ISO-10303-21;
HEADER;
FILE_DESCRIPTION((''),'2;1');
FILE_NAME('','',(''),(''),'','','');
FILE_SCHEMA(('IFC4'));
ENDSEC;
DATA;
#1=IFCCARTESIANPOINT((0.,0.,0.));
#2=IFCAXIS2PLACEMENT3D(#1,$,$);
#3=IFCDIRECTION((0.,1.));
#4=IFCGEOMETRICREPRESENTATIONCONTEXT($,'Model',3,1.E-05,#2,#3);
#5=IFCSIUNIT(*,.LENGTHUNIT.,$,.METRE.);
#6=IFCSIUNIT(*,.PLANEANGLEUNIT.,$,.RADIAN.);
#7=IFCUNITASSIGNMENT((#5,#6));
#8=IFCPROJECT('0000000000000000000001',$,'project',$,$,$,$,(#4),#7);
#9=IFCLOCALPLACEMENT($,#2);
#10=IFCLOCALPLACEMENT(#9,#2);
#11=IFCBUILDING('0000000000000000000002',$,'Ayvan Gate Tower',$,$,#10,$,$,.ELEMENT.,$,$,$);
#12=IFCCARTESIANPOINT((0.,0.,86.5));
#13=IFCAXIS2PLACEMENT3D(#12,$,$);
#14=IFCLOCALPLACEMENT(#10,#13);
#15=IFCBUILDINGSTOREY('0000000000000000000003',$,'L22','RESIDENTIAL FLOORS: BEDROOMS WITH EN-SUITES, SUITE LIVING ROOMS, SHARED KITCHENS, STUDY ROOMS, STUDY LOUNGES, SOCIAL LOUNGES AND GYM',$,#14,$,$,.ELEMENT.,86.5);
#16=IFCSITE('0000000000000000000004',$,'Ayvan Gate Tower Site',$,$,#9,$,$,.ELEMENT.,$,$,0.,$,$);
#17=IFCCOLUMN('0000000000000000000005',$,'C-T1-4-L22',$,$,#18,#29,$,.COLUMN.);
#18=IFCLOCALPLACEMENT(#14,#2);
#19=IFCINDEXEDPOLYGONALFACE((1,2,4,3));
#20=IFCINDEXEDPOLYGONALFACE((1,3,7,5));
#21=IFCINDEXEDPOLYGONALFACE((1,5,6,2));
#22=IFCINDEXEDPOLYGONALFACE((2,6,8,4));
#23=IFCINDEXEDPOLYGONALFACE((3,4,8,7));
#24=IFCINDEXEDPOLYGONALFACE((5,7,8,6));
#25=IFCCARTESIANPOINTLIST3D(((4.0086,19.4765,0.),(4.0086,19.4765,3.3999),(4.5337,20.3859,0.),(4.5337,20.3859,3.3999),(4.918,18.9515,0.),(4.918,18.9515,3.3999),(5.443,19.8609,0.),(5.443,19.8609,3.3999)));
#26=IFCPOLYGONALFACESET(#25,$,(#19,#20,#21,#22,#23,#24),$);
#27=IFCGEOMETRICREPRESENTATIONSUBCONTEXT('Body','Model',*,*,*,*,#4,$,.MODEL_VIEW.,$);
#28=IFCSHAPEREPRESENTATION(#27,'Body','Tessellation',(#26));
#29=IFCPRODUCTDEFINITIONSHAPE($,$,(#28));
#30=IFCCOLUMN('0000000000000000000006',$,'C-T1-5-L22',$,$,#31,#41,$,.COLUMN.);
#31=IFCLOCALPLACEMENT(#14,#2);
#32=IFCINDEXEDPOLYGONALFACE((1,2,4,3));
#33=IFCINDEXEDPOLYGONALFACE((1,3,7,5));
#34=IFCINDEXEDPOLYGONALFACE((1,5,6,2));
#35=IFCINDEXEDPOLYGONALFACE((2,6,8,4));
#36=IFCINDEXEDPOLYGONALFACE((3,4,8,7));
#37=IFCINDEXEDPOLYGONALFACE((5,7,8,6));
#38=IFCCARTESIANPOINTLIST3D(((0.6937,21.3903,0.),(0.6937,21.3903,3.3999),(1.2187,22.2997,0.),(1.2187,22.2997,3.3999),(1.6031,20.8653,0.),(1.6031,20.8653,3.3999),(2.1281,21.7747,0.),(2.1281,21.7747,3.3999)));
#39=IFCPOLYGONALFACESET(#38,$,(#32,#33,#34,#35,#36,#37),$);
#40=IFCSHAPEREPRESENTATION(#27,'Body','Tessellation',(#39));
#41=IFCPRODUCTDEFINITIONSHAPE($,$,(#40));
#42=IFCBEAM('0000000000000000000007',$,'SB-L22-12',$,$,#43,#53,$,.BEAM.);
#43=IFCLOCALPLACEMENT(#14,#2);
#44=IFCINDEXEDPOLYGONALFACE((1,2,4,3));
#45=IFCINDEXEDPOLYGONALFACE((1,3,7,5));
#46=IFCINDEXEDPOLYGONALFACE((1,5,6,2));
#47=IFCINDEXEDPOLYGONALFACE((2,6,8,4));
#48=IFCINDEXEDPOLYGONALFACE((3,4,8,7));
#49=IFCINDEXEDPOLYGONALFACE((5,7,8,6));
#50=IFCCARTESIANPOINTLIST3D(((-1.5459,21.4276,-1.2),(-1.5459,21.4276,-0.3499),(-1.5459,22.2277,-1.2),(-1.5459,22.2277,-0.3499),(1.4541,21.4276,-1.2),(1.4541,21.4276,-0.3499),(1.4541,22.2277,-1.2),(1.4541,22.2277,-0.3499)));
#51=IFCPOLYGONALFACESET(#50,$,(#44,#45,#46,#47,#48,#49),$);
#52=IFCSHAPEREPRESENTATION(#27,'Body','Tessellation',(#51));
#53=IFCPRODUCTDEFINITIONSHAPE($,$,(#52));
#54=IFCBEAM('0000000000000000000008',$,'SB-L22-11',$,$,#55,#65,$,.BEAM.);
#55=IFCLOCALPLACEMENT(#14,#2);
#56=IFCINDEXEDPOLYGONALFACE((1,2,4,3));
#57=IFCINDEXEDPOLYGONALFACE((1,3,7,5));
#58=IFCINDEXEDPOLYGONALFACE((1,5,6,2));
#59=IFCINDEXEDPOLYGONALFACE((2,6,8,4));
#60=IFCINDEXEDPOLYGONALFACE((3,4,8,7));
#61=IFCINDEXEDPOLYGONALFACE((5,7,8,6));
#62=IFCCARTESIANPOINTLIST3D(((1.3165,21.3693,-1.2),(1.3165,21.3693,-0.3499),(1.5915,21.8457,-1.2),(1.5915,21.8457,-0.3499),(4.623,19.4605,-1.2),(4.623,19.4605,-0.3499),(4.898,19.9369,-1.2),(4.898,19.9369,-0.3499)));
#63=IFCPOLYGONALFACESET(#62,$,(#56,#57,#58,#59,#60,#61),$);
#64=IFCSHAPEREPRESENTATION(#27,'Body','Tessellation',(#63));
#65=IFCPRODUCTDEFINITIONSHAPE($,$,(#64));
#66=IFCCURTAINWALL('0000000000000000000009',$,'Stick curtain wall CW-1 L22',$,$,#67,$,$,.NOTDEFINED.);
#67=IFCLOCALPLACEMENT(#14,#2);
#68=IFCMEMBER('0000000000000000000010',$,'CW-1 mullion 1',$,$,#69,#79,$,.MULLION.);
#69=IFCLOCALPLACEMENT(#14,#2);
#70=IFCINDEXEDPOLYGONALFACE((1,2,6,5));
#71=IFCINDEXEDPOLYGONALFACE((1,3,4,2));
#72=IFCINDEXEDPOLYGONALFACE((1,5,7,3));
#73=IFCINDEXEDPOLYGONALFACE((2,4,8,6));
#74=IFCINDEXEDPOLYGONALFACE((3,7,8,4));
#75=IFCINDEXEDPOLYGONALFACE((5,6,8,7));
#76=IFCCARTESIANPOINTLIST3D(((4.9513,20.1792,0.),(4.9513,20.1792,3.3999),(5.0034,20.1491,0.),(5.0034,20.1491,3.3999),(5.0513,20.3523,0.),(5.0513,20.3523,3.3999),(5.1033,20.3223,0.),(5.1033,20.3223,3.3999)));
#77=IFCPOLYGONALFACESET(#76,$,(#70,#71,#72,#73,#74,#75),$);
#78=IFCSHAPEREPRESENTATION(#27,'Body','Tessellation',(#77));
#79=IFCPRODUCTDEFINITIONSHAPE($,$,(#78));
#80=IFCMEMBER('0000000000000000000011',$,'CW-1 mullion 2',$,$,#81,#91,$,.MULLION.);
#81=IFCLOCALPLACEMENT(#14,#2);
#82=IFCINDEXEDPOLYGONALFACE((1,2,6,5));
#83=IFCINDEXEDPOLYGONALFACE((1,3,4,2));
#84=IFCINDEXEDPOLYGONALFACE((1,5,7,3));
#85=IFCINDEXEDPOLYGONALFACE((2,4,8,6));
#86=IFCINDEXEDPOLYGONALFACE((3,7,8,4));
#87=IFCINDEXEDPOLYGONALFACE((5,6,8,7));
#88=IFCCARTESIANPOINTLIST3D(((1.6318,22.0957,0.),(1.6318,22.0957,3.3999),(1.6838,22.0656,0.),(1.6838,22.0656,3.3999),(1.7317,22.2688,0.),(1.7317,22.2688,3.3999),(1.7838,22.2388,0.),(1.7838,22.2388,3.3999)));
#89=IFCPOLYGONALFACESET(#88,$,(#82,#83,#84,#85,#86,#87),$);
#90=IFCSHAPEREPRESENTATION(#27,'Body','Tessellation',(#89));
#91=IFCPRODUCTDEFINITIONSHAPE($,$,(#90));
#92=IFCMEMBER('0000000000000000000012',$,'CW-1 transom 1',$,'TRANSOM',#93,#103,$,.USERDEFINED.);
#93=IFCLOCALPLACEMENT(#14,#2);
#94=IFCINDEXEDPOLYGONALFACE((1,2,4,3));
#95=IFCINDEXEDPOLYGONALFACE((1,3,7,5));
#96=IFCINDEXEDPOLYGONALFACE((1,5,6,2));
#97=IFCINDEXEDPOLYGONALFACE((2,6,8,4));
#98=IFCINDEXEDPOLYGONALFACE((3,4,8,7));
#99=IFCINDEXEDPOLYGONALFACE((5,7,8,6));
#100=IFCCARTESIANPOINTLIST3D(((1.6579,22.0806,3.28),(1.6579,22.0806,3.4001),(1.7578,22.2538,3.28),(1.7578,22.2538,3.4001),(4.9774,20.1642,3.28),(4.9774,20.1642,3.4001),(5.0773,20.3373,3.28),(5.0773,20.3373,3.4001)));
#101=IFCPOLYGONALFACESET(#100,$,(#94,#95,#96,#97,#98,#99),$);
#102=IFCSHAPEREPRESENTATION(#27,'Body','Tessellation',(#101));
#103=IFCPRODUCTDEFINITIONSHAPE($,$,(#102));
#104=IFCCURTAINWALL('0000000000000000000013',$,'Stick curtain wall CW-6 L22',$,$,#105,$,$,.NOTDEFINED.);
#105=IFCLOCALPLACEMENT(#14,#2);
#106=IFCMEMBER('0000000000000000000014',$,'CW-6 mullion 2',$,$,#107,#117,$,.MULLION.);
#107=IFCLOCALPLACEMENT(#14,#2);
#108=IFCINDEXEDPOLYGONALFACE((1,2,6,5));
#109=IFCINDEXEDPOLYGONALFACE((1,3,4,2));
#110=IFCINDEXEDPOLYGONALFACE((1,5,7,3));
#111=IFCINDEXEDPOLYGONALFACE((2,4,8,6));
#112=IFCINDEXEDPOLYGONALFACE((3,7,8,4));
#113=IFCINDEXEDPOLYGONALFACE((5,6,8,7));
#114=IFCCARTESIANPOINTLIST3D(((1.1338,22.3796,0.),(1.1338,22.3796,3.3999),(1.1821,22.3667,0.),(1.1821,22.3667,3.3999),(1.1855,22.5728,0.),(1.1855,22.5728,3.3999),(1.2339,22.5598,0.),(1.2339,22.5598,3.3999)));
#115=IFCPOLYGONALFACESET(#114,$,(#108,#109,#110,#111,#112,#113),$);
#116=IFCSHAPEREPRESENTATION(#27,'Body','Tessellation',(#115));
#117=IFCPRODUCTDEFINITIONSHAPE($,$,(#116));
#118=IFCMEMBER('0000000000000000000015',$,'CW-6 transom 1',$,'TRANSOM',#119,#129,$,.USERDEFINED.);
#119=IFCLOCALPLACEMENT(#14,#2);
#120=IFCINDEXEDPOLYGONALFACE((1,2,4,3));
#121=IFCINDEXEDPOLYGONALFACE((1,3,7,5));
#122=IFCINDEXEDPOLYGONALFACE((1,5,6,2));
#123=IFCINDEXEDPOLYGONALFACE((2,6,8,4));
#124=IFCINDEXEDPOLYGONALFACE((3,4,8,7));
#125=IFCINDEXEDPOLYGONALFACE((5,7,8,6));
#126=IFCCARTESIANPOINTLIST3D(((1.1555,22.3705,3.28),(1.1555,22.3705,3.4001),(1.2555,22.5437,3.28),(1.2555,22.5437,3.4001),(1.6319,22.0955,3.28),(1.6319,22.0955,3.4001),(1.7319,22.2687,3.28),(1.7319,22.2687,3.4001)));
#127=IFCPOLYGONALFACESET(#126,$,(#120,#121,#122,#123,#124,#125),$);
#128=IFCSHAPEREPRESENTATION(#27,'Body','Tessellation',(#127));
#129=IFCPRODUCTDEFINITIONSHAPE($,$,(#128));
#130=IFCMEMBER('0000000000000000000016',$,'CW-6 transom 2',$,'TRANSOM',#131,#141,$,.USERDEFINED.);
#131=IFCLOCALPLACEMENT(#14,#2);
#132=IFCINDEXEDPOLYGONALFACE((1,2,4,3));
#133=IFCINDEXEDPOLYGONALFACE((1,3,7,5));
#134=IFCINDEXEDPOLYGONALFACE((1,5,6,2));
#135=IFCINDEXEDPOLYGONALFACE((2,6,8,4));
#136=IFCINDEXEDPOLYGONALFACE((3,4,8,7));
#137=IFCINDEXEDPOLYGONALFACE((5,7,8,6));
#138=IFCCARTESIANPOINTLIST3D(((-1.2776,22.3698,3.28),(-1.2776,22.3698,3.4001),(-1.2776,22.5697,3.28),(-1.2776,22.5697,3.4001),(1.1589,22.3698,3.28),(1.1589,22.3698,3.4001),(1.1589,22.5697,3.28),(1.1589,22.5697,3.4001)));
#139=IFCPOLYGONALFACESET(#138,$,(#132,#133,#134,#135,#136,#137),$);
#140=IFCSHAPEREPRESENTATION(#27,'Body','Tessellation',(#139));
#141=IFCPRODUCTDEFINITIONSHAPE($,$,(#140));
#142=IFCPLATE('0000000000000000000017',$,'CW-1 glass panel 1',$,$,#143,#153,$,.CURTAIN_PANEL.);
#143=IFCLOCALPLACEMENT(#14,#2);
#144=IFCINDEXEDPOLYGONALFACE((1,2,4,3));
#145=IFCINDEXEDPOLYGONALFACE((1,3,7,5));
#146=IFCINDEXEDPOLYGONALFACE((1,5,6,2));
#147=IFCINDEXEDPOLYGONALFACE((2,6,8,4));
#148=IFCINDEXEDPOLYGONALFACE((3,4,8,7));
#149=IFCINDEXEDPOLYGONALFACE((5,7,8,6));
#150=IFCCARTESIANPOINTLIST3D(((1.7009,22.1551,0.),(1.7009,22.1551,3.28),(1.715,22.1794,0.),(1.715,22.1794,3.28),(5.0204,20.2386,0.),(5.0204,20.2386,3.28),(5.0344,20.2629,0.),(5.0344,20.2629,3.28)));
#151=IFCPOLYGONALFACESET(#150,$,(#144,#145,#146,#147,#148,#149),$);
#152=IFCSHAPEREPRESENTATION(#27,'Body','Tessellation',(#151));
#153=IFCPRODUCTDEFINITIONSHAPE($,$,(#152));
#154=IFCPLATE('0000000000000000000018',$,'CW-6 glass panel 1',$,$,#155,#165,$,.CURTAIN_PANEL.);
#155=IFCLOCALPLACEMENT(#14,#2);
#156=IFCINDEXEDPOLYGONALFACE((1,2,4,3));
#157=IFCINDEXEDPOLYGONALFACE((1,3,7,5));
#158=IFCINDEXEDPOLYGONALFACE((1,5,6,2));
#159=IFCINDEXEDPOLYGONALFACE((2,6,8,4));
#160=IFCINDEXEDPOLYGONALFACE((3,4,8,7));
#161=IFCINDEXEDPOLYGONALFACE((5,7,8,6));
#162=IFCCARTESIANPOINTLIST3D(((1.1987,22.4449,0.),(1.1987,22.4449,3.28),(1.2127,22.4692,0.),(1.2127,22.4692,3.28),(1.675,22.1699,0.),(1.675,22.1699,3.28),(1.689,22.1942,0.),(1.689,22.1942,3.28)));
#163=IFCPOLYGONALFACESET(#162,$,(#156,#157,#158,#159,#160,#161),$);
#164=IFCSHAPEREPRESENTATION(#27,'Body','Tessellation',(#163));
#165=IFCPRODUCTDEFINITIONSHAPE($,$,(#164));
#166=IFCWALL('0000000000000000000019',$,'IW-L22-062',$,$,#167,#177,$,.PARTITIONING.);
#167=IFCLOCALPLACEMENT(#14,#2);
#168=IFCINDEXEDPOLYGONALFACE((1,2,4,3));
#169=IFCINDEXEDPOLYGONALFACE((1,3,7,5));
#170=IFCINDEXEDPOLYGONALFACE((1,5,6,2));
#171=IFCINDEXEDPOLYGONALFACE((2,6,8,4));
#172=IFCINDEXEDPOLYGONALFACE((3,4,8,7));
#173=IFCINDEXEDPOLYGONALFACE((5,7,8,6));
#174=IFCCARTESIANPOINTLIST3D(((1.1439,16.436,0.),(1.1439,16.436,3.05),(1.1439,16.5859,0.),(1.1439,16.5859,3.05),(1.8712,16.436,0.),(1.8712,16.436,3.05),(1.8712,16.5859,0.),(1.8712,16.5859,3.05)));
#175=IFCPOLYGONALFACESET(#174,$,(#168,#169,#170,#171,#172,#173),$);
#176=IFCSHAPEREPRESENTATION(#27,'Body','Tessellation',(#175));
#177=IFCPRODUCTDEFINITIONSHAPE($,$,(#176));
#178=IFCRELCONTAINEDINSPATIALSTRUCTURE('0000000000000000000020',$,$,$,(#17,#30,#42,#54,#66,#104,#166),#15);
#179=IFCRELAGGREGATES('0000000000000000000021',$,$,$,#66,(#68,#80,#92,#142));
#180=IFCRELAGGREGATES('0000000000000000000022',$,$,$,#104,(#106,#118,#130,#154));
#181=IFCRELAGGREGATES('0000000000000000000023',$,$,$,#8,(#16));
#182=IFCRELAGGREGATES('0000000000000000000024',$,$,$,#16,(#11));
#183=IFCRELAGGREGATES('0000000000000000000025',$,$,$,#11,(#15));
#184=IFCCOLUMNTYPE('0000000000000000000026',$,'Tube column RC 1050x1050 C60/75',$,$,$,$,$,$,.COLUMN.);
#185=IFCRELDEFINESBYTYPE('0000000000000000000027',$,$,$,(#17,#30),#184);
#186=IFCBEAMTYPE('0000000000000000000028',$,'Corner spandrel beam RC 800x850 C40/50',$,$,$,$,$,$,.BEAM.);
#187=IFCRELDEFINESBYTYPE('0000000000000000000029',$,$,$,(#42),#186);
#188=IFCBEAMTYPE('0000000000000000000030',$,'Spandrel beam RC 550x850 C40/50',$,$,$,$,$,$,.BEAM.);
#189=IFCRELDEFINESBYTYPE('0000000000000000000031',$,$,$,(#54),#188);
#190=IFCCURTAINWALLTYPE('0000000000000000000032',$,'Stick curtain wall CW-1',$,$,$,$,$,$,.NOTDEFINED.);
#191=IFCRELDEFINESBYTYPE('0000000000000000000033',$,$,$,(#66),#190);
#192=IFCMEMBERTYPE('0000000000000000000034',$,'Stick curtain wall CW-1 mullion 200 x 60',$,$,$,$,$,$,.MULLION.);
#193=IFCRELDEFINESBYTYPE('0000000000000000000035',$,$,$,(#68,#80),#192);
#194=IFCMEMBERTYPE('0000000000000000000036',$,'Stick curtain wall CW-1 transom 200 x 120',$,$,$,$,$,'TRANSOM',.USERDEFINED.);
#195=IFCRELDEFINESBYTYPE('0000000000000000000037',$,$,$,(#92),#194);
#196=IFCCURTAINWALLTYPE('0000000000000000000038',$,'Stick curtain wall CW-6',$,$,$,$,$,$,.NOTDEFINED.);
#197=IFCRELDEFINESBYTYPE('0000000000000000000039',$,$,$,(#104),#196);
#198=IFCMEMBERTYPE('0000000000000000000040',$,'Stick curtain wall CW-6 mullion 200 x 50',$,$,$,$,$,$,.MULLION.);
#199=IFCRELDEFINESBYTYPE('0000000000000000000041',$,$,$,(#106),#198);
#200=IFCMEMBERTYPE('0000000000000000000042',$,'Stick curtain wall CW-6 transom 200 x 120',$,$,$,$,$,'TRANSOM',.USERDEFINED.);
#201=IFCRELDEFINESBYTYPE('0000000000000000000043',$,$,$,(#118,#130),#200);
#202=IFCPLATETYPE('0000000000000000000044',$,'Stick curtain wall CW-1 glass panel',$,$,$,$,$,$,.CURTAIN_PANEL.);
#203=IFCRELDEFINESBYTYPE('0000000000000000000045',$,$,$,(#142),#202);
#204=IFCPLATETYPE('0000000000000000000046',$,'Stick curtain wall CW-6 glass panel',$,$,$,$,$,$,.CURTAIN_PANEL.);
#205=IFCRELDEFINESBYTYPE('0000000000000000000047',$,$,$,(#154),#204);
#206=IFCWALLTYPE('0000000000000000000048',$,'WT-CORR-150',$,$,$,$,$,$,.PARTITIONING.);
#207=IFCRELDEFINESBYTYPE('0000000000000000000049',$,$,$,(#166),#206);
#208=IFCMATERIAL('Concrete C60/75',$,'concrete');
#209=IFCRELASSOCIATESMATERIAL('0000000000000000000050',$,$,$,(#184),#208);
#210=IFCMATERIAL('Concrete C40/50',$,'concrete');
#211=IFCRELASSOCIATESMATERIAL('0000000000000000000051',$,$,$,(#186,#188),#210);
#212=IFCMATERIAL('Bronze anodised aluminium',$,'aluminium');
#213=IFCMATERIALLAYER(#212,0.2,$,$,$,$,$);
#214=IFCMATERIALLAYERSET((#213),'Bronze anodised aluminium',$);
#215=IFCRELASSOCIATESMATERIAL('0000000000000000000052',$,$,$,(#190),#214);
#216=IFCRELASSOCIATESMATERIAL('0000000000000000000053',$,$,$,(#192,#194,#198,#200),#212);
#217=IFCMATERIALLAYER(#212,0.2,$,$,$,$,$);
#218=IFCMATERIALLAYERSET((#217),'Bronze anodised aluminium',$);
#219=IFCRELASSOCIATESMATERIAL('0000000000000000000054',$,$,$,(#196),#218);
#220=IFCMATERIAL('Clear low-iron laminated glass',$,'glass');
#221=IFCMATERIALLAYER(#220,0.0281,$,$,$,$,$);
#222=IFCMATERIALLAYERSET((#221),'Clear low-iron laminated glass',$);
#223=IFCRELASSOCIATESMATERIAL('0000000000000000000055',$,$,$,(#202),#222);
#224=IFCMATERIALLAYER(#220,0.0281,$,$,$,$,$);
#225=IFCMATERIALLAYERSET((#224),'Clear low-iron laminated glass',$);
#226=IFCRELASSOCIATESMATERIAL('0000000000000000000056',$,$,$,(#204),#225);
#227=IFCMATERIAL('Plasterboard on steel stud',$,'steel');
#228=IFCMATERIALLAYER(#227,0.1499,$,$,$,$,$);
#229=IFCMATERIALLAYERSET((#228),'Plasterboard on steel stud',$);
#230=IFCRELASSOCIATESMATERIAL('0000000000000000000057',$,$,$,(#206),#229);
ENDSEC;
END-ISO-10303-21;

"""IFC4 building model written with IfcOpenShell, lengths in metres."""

from ifc_helpers import new_model, si_unit, direction, frame, frame_2d, origin, origin_2d, place, context, subcontext, project, spatial, rectangle, extrude, material, layer, layer_set, material_profile, profile_set, type_object, element, aggregate, save


model = new_model("IFC4")

# Units and contexts
model_context = context("Model", 3, precision=1e-05, world=origin(), true_north=direction((0.0, 1.0)))
body_context = subcontext(model_context, "Body", "Model", "MODEL_VIEW")
ifc_project = project(units=[si_unit("LENGTHUNIT", "METRE"), si_unit("PLANEANGLEUNIT", "RADIAN")], contexts=[model_context])

# Site, building, storey
site_placement = place(None, origin())
site = spatial("IfcSite", under=ifc_project, at=site_placement, Name="Ayvan Gate Tower Site", CompositionType="ELEMENT", RefElevation=0.0)
building_placement = place(site_placement, origin())
building = spatial("IfcBuilding", under=site, at=building_placement, Name="Ayvan Gate Tower", CompositionType="ELEMENT")
storey_placement = place(building_placement, frame((0.0, 0.0, 86.5)))
storey = spatial("IfcBuildingStorey", under=building, at=storey_placement, Name="L22", Description="RESIDENTIAL FLOORS: BEDROOMS WITH EN-SUITES, SUITE LIVING ROOMS, SHARED KITCHENS, STUDY ROOMS, STUDY LOUNGES, SOCIAL LOUNGES AND GYM", CompositionType="ELEMENT", Elevation=86.5)

# Columns
ifc_material_1 = material(Name="Concrete C60/75", Category="concrete")
ifc_material_profile_1 = material_profile(ifc_material_1, rectangle(XDim=1.05, YDim=1.05, at=origin_2d()), Name="RC 1050x1050")
ifc_profile_set_1 = profile_set([ifc_material_profile_1], Name="Concrete C60/75")
column_type = type_object("IfcColumnType", Name="Tube column RC 1050x1050 C60/75", PredefinedType="COLUMN", material=ifc_profile_set_1)
for number, where, z_axis, x_axis, name in (
    (1, (4.7258, 19.6687, 0.0), (0.0, 0.0, 1.0), (0.5, 0.866025, 0.0), "C-T1-4-L22"),
    (2, (1.4109, 21.5825, 0.0), (0.0, 0.0, 1.0), (0.5, 0.866025, 0.0), "C-T1-5-L22"),
):
    element("IfcColumn", number, at=place(storey_placement, frame(where, z_axis=z_axis, x_axis=x_axis)), inside=storey, type_object=column_type, Name=name, PredefinedType="COLUMN", context=body_context, shape_type="SweptSolid", body=[
        extrude(rectangle(XDim=1.05, YDim=1.05, at=origin_2d()), origin(), (0.0, 0.0, 1.0), 3.3999),
    ])

# Beams
ifc_material_2 = material(Name="Concrete C40/50", Category="concrete")
ifc_material_profile_2 = material_profile(ifc_material_2, rectangle(XDim=0.8, YDim=0.8501, at=origin_2d()), Name="RC 800x850")
ifc_profile_set_2 = profile_set([ifc_material_profile_2], Name="Concrete C40/50")
beam_type_1 = type_object("IfcBeamType", Name="Corner spandrel beam RC 800x850 C40/50", PredefinedType="BEAM", material=ifc_profile_set_2)
beam_1_placement = place(storey_placement, frame((1.4541, 21.8276, -0.7749), z_axis=(-1.0, 0.0, 0.0), x_axis=(0.0, -1.0, 0.0)))
element("IfcBeam", 3, at=beam_1_placement, inside=storey, type_object=beam_type_1, Name="SB-L22-12", PredefinedType="BEAM", context=body_context, shape_type="SweptSolid", body=[
    extrude(rectangle(XDim=0.8, YDim=0.8501, at=origin_2d()), origin(), (0.0, 0.0, 1.0), 3.0),
])
ifc_material_profile_3 = material_profile(ifc_material_2, rectangle(XDim=0.55, YDim=0.8501, at=origin_2d()), Name="RC 550x850")
ifc_profile_set_3 = profile_set([ifc_material_profile_3], Name="Concrete C40/50")
beam_type_2 = type_object("IfcBeamType", Name="Spandrel beam RC 550x850 C40/50", PredefinedType="BEAM", material=ifc_profile_set_3)
beam_2_placement = place(storey_placement, frame((4.7605, 19.6987, -0.7749), z_axis=(-0.866055, 0.499949, 0.0), x_axis=(-0.499949, -0.866055, 0.0)))
element("IfcBeam", 4, at=beam_2_placement, inside=storey, type_object=beam_type_2, Name="SB-L22-11", PredefinedType="BEAM", context=body_context, shape_type="SweptSolid", body=[
    extrude(rectangle(XDim=0.55, YDim=0.8501, at=origin_2d()), origin(), (0.0, 0.0, 1.0), 3.8179),
])

# Curtain walls, members
ifc_material_3 = material(Name="Bronze anodised aluminium", Category="aluminium")
ifc_layer_1 = layer(ifc_material_3, 0.2)
ifc_layer_set_1 = layer_set([ifc_layer_1], Name="Bronze anodised aluminium")
curtain_wall_type_1 = type_object("IfcCurtainWallType", Name="Stick curtain wall CW-1", PredefinedType="NOTDEFINED", material=ifc_layer_set_1)
curtain_wall_1_placement = place(storey_placement, origin())
curtain_wall_1 = element("IfcCurtainWall", 5, at=curtain_wall_1_placement, inside=storey, type_object=curtain_wall_type_1, Name="Stick curtain wall CW-1 L22", PredefinedType="NOTDEFINED")
ifc_material_profile_4 = material_profile(ifc_material_3, rectangle(XDim=0.2, YDim=0.0601, at=origin_2d()), Name="Stick curtain wall CW-1 mullion 200 x 60")
ifc_profile_set_4 = profile_set([ifc_material_profile_4], Name="Bronze anodised aluminium")
member_type_1 = type_object("IfcMemberType", Name="Stick curtain wall CW-1 mullion 200 x 60", PredefinedType="MULLION", material=ifc_profile_set_4)
member_1_placement = place(storey_placement, frame((5.0273, 20.2507, 0.0), z_axis=(0.0, 0.0, 1.0), x_axis=(0.5, 0.866025, 0.0)))
member_1 = element("IfcMember", 6, at=member_1_placement, type_object=member_type_1, Name="CW-1 mullion 1", PredefinedType="MULLION", context=body_context, shape_type="SweptSolid", body=[
    extrude(rectangle(XDim=0.2, YDim=0.0601, at=origin_2d()), origin(), (0.0, 0.0, 1.0), 3.3999),
])
member_2_placement = place(storey_placement, frame((1.7078, 22.1672, 0.0), z_axis=(0.0, 0.0, 1.0), x_axis=(0.5, 0.866025, 0.0)))
member_2 = element("IfcMember", 7, at=member_2_placement, type_object=member_type_1, Name="CW-1 mullion 2", PredefinedType="MULLION", context=body_context, shape_type="SweptSolid", body=[
    extrude(rectangle(XDim=0.2, YDim=0.0601, at=origin_2d()), origin(), (0.0, 0.0, 1.0), 3.3999),
])
ifc_material_profile_5 = material_profile(ifc_material_3, rectangle(XDim=0.2, YDim=0.1201, at=origin_2d()), Name="Stick curtain wall CW-1 transom 200 x 120")
ifc_profile_set_5 = profile_set([ifc_material_profile_5], Name="Bronze anodised aluminium")
member_type_2 = type_object("IfcMemberType", Name="Stick curtain wall CW-1 transom 200 x 120", ElementType="TRANSOM", PredefinedType="USERDEFINED", material=ifc_profile_set_5)
member_3_placement = place(storey_placement, frame((5.0273, 20.2507, 3.3401), z_axis=(-0.866032, 0.499989, 0.0), x_axis=(-0.499989, -0.866032, 0.0)))
member_3 = element("IfcMember", 8, at=member_3_placement, type_object=member_type_2, Name="CW-1 transom 1", ObjectType="TRANSOM", PredefinedType="USERDEFINED", context=body_context, shape_type="SweptSolid", body=[
    extrude(rectangle(XDim=0.2, YDim=0.1201, at=origin_2d()), origin(), (0.0, 0.0, 1.0), 3.833),
])
ifc_layer_2 = layer(ifc_material_3, 0.2)
ifc_layer_set_2 = layer_set([ifc_layer_2], Name="Bronze anodised aluminium")
curtain_wall_type_2 = type_object("IfcCurtainWallType", Name="Stick curtain wall CW-6", PredefinedType="NOTDEFINED", material=ifc_layer_set_2)
curtain_wall_2_placement = place(storey_placement, origin())
curtain_wall_2 = element("IfcCurtainWall", 9, at=curtain_wall_2_placement, inside=storey, type_object=curtain_wall_type_2, Name="Stick curtain wall CW-6 L22", PredefinedType="NOTDEFINED")
ifc_material_profile_6 = material_profile(ifc_material_3, rectangle(XDim=0.2, YDim=0.05, at=origin_2d()), Name="Stick curtain wall CW-6 mullion 200 x 50")
ifc_profile_set_6 = profile_set([ifc_material_profile_6], Name="Bronze anodised aluminium")
member_type_3 = type_object("IfcMemberType", Name="Stick curtain wall CW-6 mullion 200 x 50", PredefinedType="MULLION", material=ifc_profile_set_6)
member_4_placement = place(storey_placement, frame((1.1838, 22.4697, 0.0), z_axis=(0.0, 0.0, 1.0), x_axis=(0.258819, 0.965926, 0.0)))
member_4 = element("IfcMember", 10, at=member_4_placement, type_object=member_type_3, Name="CW-6 mullion 2", PredefinedType="MULLION", context=body_context, shape_type="SweptSolid", body=[
    extrude(rectangle(XDim=0.2, YDim=0.05, at=origin_2d()), origin(), (0.0, 0.0, 1.0), 3.3999),
])
ifc_material_profile_7 = material_profile(ifc_material_3, rectangle(XDim=0.2, YDim=0.1201, at=origin_2d()), Name="Stick curtain wall CW-6 transom 200 x 120")
ifc_profile_set_7 = profile_set([ifc_material_profile_7], Name="Bronze anodised aluminium")
member_type_4 = type_object("IfcMemberType", Name="Stick curtain wall CW-6 transom 200 x 120", ElementType="TRANSOM", PredefinedType="USERDEFINED", material=ifc_profile_set_7)
member_5_placement = place(storey_placement, frame((1.6819, 22.1821, 3.3401), z_axis=(-0.866104, 0.499863, 0.0), x_axis=(-0.499863, -0.866104, 0.0)))
member_5 = element("IfcMember", 11, at=member_5_placement, type_object=member_type_4, Name="CW-6 transom 1", ObjectType="TRANSOM", PredefinedType="USERDEFINED", context=body_context, shape_type="SweptSolid", body=[
    extrude(rectangle(XDim=0.2, YDim=0.1201, at=origin_2d()), origin(), (0.0, 0.0, 1.0), 0.55),
])
member_6_placement = place(storey_placement, frame((1.1589, 22.4697, 3.3401), z_axis=(-1.0, 0.0, 0.0), x_axis=(0.0, -1.0, 0.0)))
member_6 = element("IfcMember", 12, at=member_6_placement, type_object=member_type_4, Name="CW-6 transom 2", ObjectType="TRANSOM", PredefinedType="USERDEFINED", context=body_context, shape_type="SweptSolid", body=[
    extrude(rectangle(XDim=0.2, YDim=0.1201, at=origin_2d()), origin(), (0.0, 0.0, 1.0), 2.4365),
])

# Plates
ifc_material_4 = material(Name="Clear low-iron laminated glass", Category="glass")
ifc_layer_3 = layer(ifc_material_4, 0.0281)
ifc_layer_set_3 = layer_set([ifc_layer_3], Name="Clear low-iron laminated glass")
plate_type_1 = type_object("IfcPlateType", Name="Stick curtain wall CW-1 glass panel", PredefinedType="CURTAIN_PANEL", material=ifc_layer_set_3)
plate_1_placement = place(storey_placement, frame((3.3677, 21.209, 0.0), z_axis=(0.0, 0.0, 1.0), x_axis=(-0.866025, 0.5, 0.0)))
plate_1 = element("IfcPlate", 13, at=plate_1_placement, type_object=plate_type_1, Name="CW-1 glass panel 1", PredefinedType="CURTAIN_PANEL", context=body_context, shape_type="SweptSolid", body=[
    extrude(rectangle(XDim=3.833, YDim=0.0281, at=origin_2d()), origin(), (0.0, 0.0, 1.0), 3.28),
])
aggregate(curtain_wall_1, [member_1, member_2, member_3, plate_1])
ifc_layer_4 = layer(ifc_material_4, 0.0281)
ifc_layer_set_4 = layer_set([ifc_layer_4], Name="Clear low-iron laminated glass")
plate_type_2 = type_object("IfcPlateType", Name="Stick curtain wall CW-6 glass panel", PredefinedType="CURTAIN_PANEL", material=ifc_layer_set_4)
plate_2_placement = place(storey_placement, frame((1.4438, 22.3196, 0.0), z_axis=(0.0, 0.0, 1.0), x_axis=(-0.866025, 0.5, 0.0)))
plate_2 = element("IfcPlate", 14, at=plate_2_placement, type_object=plate_type_2, Name="CW-6 glass panel 1", PredefinedType="CURTAIN_PANEL", context=body_context, shape_type="SweptSolid", body=[
    extrude(rectangle(XDim=0.55, YDim=0.0281, at=origin_2d()), origin(), (0.0, 0.0, 1.0), 3.28),
])
aggregate(curtain_wall_2, [member_4, member_5, member_6, plate_2])

# Wall
ifc_material_5 = material(Name="Plasterboard on steel stud", Category="steel")
ifc_layer_5 = layer(ifc_material_5, 0.1499)
ifc_layer_set_5 = layer_set([ifc_layer_5], Name="Plasterboard on steel stud")
wall_type_1 = type_object("IfcWallType", Name="WT-CORR-150", PredefinedType="PARTITIONING", material=ifc_layer_set_5)
wall_1_placement = place(storey_placement, frame((1.1438, 16.511, 0.0), z_axis=(0.0, 0.0, 1.0), x_axis=(1.0, 0.0, 0.0)))
element("IfcWall", 15, at=wall_1_placement, inside=storey, type_object=wall_type_1, Name="IW-L22-062", PredefinedType="PARTITIONING", context=body_context, shape_type="SweptSolid", body=[
    extrude(rectangle(XDim=0.7273, YDim=0.1499, at=frame_2d((0.3638, 0.0))), origin(), (0.0, 0.0, 1.0), 3.05),
])

save(model, "model.ifc")
